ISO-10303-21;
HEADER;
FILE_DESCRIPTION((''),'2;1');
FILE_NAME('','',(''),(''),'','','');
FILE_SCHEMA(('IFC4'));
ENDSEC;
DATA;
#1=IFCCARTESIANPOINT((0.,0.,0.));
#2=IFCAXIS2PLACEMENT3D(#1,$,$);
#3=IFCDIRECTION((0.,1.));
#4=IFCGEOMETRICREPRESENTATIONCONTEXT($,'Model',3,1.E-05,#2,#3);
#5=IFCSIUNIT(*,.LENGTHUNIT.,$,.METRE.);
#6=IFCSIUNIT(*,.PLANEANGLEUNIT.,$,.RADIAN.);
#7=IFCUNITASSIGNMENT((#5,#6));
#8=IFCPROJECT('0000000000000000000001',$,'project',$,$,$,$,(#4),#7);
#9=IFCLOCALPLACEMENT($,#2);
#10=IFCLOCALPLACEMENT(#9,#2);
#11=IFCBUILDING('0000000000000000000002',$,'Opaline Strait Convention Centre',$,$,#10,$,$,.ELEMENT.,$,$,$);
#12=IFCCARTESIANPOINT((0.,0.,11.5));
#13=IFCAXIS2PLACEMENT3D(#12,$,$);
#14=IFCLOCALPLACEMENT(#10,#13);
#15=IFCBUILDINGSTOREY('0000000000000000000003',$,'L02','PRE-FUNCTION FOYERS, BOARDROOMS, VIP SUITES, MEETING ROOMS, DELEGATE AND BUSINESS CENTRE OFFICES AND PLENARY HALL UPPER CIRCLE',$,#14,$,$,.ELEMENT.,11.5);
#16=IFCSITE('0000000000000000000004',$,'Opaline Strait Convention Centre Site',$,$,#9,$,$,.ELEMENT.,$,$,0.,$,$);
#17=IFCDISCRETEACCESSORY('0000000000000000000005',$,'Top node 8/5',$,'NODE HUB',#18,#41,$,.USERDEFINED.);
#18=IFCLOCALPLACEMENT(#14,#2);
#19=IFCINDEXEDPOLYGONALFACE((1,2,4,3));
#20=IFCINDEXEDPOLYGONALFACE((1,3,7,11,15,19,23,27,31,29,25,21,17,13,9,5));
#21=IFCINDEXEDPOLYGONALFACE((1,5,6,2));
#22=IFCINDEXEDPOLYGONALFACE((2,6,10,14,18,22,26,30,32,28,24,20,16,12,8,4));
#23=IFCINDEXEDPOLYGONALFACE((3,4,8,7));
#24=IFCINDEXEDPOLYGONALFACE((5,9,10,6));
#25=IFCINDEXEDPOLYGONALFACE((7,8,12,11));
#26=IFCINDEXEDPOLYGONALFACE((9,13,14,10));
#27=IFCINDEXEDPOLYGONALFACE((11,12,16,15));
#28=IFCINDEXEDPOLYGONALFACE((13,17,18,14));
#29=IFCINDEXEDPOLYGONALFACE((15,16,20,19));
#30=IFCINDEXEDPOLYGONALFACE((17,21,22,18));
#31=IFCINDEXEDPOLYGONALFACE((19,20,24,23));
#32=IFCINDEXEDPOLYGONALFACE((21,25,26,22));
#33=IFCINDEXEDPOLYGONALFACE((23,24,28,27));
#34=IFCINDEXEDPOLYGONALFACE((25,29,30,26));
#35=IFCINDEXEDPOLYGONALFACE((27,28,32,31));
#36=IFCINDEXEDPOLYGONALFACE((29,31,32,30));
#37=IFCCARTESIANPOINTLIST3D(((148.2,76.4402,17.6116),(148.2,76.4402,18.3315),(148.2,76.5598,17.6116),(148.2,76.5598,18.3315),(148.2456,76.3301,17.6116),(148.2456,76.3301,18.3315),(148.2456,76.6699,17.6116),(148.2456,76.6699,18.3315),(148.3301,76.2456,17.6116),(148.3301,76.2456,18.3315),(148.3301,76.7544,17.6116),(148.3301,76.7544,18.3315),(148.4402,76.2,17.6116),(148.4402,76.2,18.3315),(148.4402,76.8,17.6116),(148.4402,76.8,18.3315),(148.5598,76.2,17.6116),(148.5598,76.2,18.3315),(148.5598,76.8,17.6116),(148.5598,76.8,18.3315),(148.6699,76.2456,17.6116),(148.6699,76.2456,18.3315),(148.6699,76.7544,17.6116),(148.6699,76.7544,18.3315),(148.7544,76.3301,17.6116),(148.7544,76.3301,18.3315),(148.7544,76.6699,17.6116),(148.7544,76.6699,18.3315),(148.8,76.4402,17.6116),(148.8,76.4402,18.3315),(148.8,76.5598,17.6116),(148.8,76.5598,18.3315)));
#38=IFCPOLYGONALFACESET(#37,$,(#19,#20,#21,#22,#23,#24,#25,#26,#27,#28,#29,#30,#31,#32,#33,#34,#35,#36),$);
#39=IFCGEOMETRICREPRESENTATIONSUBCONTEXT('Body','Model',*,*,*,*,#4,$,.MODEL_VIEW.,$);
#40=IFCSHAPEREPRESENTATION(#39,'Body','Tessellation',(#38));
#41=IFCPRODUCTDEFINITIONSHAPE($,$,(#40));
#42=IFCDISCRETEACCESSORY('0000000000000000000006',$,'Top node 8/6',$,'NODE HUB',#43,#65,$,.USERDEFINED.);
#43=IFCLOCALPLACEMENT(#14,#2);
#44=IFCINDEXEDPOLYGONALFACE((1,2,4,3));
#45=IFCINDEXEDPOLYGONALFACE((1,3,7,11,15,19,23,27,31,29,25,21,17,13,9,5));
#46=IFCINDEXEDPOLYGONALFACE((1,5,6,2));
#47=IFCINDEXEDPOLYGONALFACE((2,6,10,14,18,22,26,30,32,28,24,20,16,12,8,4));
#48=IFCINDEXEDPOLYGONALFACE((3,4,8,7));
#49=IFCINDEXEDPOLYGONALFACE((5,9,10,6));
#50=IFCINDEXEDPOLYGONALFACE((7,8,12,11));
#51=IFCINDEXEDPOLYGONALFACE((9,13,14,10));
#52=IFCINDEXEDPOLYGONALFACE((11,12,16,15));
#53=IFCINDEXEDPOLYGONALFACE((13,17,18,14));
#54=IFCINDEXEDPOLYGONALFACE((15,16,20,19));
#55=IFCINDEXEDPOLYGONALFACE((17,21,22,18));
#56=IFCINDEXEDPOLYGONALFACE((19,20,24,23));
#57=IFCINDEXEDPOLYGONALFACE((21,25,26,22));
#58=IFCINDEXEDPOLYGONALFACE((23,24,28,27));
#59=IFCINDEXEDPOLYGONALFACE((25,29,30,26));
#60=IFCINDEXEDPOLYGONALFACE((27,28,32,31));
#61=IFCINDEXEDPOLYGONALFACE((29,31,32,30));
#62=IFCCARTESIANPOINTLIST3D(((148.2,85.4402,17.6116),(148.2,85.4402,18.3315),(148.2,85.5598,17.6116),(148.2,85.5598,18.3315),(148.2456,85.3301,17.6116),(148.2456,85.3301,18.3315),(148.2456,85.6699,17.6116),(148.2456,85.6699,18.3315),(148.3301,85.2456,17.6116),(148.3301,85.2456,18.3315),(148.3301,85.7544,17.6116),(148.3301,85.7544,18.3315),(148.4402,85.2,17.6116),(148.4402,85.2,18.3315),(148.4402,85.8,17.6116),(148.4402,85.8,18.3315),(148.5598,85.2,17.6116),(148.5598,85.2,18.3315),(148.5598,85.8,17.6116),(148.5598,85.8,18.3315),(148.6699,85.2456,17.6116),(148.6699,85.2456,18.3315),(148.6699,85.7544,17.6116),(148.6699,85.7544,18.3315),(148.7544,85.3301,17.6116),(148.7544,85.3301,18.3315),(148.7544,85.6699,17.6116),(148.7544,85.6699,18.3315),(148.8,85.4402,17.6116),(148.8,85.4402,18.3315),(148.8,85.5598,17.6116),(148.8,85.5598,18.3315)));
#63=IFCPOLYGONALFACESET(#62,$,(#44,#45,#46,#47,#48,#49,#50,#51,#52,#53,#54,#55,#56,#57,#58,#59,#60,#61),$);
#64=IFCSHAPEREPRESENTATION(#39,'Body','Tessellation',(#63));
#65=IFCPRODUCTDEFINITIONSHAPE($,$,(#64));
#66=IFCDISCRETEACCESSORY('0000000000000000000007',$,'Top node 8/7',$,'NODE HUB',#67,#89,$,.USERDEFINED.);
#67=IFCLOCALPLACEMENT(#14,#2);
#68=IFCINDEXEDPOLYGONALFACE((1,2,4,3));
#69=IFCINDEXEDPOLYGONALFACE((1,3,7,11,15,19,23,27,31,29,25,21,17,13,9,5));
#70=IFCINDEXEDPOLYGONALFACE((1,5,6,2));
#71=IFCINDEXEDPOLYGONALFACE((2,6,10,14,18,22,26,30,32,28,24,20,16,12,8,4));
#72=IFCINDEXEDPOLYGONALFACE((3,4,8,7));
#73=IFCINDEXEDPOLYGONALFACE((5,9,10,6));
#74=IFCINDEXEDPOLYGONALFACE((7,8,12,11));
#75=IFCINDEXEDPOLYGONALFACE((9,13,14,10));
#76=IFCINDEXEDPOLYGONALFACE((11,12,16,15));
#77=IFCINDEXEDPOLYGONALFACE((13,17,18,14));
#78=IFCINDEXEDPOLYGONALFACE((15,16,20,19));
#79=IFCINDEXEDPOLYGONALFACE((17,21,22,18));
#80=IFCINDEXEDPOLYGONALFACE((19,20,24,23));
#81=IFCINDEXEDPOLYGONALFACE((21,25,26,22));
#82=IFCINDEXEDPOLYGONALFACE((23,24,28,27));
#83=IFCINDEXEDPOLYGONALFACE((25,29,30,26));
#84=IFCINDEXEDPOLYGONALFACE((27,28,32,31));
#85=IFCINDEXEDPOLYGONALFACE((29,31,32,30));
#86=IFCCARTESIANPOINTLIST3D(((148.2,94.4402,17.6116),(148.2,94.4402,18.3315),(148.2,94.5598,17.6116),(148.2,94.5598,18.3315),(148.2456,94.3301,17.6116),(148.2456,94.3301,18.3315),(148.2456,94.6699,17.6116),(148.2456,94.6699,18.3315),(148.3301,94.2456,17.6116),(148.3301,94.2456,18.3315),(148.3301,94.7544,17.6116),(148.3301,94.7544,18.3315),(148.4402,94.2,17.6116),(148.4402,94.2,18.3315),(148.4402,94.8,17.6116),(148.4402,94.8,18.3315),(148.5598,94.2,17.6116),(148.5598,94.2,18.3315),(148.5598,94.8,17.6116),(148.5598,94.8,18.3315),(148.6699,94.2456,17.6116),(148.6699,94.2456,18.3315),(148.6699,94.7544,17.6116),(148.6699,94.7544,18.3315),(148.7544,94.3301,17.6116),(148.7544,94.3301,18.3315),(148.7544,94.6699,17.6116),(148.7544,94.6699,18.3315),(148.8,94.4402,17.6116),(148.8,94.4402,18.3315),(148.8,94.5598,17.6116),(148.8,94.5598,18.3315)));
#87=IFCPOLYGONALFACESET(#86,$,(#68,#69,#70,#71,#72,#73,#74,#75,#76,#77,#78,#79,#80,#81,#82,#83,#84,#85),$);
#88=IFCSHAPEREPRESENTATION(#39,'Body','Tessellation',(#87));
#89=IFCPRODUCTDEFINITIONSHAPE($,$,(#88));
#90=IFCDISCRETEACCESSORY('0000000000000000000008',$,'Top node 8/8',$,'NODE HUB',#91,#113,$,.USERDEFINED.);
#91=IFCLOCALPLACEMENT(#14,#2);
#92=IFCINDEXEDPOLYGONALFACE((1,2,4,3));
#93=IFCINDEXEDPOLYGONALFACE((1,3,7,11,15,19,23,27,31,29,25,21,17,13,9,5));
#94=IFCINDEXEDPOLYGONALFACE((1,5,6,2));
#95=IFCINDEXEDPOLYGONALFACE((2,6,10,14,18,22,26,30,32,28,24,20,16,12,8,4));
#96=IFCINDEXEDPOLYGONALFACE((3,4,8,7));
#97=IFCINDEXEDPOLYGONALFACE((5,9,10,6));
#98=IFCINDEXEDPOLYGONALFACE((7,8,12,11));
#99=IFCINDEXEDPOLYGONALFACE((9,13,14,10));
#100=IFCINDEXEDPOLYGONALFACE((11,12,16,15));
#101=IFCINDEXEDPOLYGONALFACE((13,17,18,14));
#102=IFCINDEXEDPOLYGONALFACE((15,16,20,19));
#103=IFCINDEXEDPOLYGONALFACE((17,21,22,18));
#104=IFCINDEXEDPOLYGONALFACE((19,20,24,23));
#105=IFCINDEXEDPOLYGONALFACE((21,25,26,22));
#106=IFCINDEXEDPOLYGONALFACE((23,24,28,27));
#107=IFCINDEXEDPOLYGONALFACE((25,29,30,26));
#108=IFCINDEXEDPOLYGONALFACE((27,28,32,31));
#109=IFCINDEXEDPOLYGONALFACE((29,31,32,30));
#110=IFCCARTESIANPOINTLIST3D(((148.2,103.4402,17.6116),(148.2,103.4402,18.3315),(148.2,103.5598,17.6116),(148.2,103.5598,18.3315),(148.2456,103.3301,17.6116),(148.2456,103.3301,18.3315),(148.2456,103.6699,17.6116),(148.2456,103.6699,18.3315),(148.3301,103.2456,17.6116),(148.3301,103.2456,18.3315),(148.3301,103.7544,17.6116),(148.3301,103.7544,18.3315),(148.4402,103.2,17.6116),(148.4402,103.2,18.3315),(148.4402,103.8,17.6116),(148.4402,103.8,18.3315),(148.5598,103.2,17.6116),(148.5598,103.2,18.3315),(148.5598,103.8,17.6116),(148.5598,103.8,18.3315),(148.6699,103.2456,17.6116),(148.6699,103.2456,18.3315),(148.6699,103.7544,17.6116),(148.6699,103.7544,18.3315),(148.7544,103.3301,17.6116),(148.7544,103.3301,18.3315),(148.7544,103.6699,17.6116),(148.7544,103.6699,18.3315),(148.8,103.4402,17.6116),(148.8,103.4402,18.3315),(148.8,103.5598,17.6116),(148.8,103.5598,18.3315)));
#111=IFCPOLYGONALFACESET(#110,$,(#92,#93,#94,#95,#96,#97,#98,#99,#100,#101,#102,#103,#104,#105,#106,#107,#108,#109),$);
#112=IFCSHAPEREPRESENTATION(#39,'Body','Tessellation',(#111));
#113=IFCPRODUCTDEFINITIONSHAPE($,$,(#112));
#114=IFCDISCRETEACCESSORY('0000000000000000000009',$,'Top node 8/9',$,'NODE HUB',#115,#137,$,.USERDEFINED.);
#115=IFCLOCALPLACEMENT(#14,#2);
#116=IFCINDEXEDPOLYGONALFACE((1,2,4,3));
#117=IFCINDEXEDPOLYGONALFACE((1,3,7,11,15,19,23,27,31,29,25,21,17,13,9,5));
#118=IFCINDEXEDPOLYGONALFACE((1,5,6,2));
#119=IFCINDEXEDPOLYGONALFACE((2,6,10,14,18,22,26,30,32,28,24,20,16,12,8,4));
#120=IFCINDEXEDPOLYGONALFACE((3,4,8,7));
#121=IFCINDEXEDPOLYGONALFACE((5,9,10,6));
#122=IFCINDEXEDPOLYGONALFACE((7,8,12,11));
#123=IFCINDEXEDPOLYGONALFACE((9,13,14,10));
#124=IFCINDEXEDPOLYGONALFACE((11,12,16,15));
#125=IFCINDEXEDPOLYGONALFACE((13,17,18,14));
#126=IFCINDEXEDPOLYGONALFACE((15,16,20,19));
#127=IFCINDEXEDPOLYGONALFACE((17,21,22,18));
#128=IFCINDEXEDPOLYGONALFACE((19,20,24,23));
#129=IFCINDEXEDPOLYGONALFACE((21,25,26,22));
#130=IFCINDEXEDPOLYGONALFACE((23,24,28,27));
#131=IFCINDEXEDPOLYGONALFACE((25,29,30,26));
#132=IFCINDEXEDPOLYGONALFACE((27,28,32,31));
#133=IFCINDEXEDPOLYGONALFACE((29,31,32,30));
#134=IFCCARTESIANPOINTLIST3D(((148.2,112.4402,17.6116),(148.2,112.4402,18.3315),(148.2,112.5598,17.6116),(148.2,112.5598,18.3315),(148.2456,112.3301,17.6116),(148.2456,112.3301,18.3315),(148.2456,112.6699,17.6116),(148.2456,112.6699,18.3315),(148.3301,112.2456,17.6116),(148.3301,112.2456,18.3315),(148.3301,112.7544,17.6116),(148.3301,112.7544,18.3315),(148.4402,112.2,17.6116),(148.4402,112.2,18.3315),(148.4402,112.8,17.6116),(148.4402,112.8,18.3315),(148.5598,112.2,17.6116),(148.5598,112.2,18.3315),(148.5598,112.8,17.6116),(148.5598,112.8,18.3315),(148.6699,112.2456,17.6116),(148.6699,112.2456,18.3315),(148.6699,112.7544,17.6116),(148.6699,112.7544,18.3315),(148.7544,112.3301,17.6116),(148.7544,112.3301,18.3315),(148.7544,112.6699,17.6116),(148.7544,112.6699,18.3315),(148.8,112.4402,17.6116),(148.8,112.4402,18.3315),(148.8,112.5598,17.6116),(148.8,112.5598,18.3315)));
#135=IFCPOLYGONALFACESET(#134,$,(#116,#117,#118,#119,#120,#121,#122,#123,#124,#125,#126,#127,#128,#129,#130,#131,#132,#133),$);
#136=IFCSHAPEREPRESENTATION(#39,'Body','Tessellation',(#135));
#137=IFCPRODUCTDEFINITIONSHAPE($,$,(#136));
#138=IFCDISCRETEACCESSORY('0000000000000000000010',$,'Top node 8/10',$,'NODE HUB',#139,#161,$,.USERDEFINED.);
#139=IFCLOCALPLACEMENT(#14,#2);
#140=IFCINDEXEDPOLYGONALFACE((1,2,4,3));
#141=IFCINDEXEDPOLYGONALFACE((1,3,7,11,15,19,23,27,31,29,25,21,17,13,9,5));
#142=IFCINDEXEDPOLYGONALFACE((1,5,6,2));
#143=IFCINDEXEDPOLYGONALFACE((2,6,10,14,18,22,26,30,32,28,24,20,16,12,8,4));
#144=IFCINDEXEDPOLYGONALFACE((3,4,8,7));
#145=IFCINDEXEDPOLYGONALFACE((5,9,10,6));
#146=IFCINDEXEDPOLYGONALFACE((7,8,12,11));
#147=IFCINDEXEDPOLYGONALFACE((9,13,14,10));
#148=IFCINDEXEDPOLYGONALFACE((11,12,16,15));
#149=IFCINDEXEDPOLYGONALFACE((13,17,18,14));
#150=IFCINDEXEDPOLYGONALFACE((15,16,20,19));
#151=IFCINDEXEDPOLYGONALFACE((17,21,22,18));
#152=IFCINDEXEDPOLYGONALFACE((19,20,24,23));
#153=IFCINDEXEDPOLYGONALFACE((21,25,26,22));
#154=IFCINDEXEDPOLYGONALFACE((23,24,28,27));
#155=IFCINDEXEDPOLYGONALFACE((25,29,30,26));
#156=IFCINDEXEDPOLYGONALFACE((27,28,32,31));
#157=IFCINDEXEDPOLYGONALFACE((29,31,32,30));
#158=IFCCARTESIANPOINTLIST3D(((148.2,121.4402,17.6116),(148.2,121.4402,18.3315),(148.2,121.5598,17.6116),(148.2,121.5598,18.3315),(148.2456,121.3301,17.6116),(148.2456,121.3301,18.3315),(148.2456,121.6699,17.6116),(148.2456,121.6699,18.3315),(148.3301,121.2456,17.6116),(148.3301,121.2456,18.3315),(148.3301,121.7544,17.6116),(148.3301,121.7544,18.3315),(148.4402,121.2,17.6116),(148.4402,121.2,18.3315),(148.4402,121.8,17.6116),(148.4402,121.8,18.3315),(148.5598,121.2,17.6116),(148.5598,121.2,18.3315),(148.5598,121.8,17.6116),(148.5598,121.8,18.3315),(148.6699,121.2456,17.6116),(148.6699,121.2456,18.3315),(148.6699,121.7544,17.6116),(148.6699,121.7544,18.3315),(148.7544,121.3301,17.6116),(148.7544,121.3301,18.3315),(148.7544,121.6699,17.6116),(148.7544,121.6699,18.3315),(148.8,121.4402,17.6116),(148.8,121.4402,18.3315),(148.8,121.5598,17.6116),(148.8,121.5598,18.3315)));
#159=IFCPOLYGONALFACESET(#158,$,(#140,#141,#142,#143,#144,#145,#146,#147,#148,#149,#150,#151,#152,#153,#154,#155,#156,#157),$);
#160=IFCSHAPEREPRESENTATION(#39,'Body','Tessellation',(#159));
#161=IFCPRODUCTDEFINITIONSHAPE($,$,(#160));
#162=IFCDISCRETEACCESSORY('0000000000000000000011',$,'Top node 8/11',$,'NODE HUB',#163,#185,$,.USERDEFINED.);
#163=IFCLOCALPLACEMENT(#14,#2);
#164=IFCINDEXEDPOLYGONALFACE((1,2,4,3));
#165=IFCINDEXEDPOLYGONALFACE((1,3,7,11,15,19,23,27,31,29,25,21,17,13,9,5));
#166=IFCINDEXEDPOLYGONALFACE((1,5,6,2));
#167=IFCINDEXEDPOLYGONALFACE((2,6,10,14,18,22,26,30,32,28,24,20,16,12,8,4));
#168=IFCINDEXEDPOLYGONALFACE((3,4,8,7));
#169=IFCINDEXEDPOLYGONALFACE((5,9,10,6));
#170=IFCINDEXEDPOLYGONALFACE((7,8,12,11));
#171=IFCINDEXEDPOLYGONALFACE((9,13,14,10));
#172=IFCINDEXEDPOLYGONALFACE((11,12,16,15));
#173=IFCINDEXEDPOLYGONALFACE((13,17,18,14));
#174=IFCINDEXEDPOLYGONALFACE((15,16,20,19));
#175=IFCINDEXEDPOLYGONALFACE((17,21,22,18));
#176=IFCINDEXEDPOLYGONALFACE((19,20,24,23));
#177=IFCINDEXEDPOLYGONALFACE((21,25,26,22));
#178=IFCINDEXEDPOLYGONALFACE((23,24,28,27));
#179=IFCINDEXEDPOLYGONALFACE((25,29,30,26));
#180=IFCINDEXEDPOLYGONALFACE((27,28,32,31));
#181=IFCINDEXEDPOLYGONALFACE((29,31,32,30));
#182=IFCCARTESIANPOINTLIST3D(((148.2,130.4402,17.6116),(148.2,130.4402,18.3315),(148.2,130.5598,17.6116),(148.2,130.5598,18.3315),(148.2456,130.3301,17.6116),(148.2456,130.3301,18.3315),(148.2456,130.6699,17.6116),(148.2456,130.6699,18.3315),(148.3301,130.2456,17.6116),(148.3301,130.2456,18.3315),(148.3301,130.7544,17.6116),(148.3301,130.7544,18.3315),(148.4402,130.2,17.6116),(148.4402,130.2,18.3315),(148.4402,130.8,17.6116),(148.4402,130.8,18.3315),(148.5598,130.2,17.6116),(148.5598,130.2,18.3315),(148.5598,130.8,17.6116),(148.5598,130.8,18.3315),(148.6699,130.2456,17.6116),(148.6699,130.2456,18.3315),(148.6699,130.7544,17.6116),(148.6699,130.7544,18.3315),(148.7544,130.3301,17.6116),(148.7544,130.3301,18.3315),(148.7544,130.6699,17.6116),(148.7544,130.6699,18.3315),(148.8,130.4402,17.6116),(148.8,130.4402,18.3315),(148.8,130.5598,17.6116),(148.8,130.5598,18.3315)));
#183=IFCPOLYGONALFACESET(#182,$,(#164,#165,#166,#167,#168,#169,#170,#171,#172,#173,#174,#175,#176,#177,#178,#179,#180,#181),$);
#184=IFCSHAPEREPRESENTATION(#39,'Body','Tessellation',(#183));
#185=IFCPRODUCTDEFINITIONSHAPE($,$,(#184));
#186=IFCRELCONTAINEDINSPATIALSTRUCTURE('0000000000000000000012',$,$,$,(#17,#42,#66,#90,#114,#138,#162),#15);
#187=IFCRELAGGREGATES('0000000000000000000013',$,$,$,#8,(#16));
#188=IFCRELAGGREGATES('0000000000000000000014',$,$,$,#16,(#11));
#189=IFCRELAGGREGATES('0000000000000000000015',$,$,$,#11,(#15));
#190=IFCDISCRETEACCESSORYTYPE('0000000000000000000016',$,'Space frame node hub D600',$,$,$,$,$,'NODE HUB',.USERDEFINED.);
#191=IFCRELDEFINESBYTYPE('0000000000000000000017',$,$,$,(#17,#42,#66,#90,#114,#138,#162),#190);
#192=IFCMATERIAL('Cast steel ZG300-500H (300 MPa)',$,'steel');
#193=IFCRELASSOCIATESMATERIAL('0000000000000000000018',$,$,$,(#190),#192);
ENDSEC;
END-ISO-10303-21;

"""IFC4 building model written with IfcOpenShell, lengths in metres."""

from ifc_helpers import new_model, si_unit, direction, frame, origin, place, context, subcontext, project, spatial, polyline, outline, extrude, material, type_object, element, save


model = new_model("IFC4")

# Units and contexts
model_context = context("Model", 3, precision=1e-05, world=origin(), true_north=direction((0.0, 1.0)))
body_context = subcontext(model_context, "Body", "Model", "MODEL_VIEW")
ifc_project = project(units=[si_unit("LENGTHUNIT", "METRE"), si_unit("PLANEANGLEUNIT", "RADIAN")], contexts=[model_context])

# Site, building, storey
site_placement = place(None, origin())
site = spatial("IfcSite", under=ifc_project, at=site_placement, Name="Opaline Strait Convention Centre Site", CompositionType="ELEMENT", RefElevation=0.0)
building_placement = place(site_placement, origin())
building = spatial("IfcBuilding", under=site, at=building_placement, Name="Opaline Strait Convention Centre", CompositionType="ELEMENT")
storey_placement = place(building_placement, frame((0.0, 0.0, 11.5)))
storey = spatial("IfcBuildingStorey", under=building, at=storey_placement, Name="L02", Description="PRE-FUNCTION FOYERS, BOARDROOMS, VIP SUITES, MEETING ROOMS, DELEGATE AND BUSINESS CENTRE OFFICES AND PLENARY HALL UPPER CIRCLE", CompositionType="ELEMENT", Elevation=11.5)

# Discrete accessories
ifc_material = material(Name="Cast steel ZG300-500H (300 MPa)", Category="steel")
discrete_accessory_type = type_object("IfcDiscreteAccessoryType", Name="Space frame node hub D600", ElementType="NODE HUB", PredefinedType="USERDEFINED", material=ifc_material)
discrete_accessory_1_placement = place(storey_placement, frame((0.0, 0.0, 17.6116)))
element("IfcDiscreteAccessory", 1, at=discrete_accessory_1_placement, inside=storey, type_object=discrete_accessory_type, Name="Top node 8/5", ObjectType="NODE HUB", PredefinedType="USERDEFINED", context=body_context, shape_type="SweptSolid", body=[
    extrude(outline(polyline([(148.8, 76.5598), (148.7544, 76.6699), (148.6699, 76.7544), (148.5598, 76.8), (148.4402, 76.8), (148.3301, 76.7544), (148.2456, 76.6699), (148.2, 76.5598), (148.2, 76.4402), (148.2456, 76.3301), (148.3301, 76.2456), (148.4402, 76.2), (148.5598, 76.2), (148.6699, 76.2456), (148.7544, 76.3301), (148.8, 76.4402), (148.8, 76.5598)])), origin(), (0.0, 0.0, 1.0), 0.72),
])
discrete_accessory_2_placement = place(storey_placement, frame((0.0, 0.0, 17.6116)))
element("IfcDiscreteAccessory", 2, at=discrete_accessory_2_placement, inside=storey, type_object=discrete_accessory_type, Name="Top node 8/6", ObjectType="NODE HUB", PredefinedType="USERDEFINED", context=body_context, shape_type="SweptSolid", body=[
    extrude(outline(polyline([(148.8, 85.5598), (148.7544, 85.6699), (148.6699, 85.7544), (148.5598, 85.8), (148.4402, 85.8), (148.3301, 85.7544), (148.2456, 85.6699), (148.2, 85.5598), (148.2, 85.4402), (148.2456, 85.3301), (148.3301, 85.2456), (148.4402, 85.2), (148.5598, 85.2), (148.6699, 85.2456), (148.7544, 85.3301), (148.8, 85.4402), (148.8, 85.5598)])), origin(), (0.0, 0.0, 1.0), 0.72),
])
discrete_accessory_3_placement = place(storey_placement, frame((0.0, 0.0, 17.6116)))
element("IfcDiscreteAccessory", 3, at=discrete_accessory_3_placement, inside=storey, type_object=discrete_accessory_type, Name="Top node 8/7", ObjectType="NODE HUB", PredefinedType="USERDEFINED", context=body_context, shape_type="SweptSolid", body=[
    extrude(outline(polyline([(148.8, 94.5598), (148.7544, 94.6699), (148.6699, 94.7544), (148.5598, 94.8), (148.4402, 94.8), (148.3301, 94.7544), (148.2456, 94.6699), (148.2, 94.5598), (148.2, 94.4402), (148.2456, 94.3301), (148.3301, 94.2456), (148.4402, 94.2), (148.5598, 94.2), (148.6699, 94.2456), (148.7544, 94.3301), (148.8, 94.4402), (148.8, 94.5598)])), origin(), (0.0, 0.0, 1.0), 0.72),
])
discrete_accessory_4_placement = place(storey_placement, frame((0.0, 0.0, 17.6116)))
element("IfcDiscreteAccessory", 4, at=discrete_accessory_4_placement, inside=storey, type_object=discrete_accessory_type, Name="Top node 8/8", ObjectType="NODE HUB", PredefinedType="USERDEFINED", context=body_context, shape_type="SweptSolid", body=[
    extrude(outline(polyline([(148.8, 103.5598), (148.7544, 103.6699), (148.6699, 103.7544), (148.5598, 103.8), (148.4402, 103.8), (148.3301, 103.7544), (148.2456, 103.6699), (148.2, 103.5598), (148.2, 103.4402), (148.2456, 103.3301), (148.3301, 103.2456), (148.4402, 103.2), (148.5598, 103.2), (148.6699, 103.2456), (148.7544, 103.3301), (148.8, 103.4402), (148.8, 103.5598)])), origin(), (0.0, 0.0, 1.0), 0.72),
])
discrete_accessory_5_placement = place(storey_placement, frame((0.0, 0.0, 17.6116)))
element("IfcDiscreteAccessory", 5, at=discrete_accessory_5_placement, inside=storey, type_object=discrete_accessory_type, Name="Top node 8/9", ObjectType="NODE HUB", PredefinedType="USERDEFINED", context=body_context, shape_type="SweptSolid", body=[
    extrude(outline(polyline([(148.8, 112.5598), (148.7544, 112.6699), (148.6699, 112.7544), (148.5598, 112.8), (148.4402, 112.8), (148.3301, 112.7544), (148.2456, 112.6699), (148.2, 112.5598), (148.2, 112.4402), (148.2456, 112.3301), (148.3301, 112.2456), (148.4402, 112.2), (148.5598, 112.2), (148.6699, 112.2456), (148.7544, 112.3301), (148.8, 112.4402), (148.8, 112.5598)])), origin(), (0.0, 0.0, 1.0), 0.72),
])
discrete_accessory_6_placement = place(storey_placement, frame((0.0, 0.0, 17.6116)))
element("IfcDiscreteAccessory", 6, at=discrete_accessory_6_placement, inside=storey, type_object=discrete_accessory_type, Name="Top node 8/10", ObjectType="NODE HUB", PredefinedType="USERDEFINED", context=body_context, shape_type="SweptSolid", body=[
    extrude(outline(polyline([(148.8, 121.5598), (148.7544, 121.6699), (148.6699, 121.7544), (148.5598, 121.8), (148.4402, 121.8), (148.3301, 121.7544), (148.2456, 121.6699), (148.2, 121.5598), (148.2, 121.4402), (148.2456, 121.3301), (148.3301, 121.2456), (148.4402, 121.2), (148.5598, 121.2), (148.6699, 121.2456), (148.7544, 121.3301), (148.8, 121.4402), (148.8, 121.5598)])), origin(), (0.0, 0.0, 1.0), 0.72),
])
discrete_accessory_7_placement = place(storey_placement, frame((0.0, 0.0, 17.6116)))
element("IfcDiscreteAccessory", 7, at=discrete_accessory_7_placement, inside=storey, type_object=discrete_accessory_type, Name="Top node 8/11", ObjectType="NODE HUB", PredefinedType="USERDEFINED", context=body_context, shape_type="SweptSolid", body=[
    extrude(outline(polyline([(148.8, 130.5598), (148.7544, 130.6699), (148.6699, 130.7544), (148.5598, 130.8), (148.4402, 130.8), (148.3301, 130.7544), (148.2456, 130.6699), (148.2, 130.5598), (148.2, 130.4402), (148.2456, 130.3301), (148.3301, 130.2456), (148.4402, 130.2), (148.5598, 130.2), (148.6699, 130.2456), (148.7544, 130.3301), (148.8, 130.4402), (148.8, 130.5598)])), origin(), (0.0, 0.0, 1.0), 0.72),
])

save(model, "model.ifc")
